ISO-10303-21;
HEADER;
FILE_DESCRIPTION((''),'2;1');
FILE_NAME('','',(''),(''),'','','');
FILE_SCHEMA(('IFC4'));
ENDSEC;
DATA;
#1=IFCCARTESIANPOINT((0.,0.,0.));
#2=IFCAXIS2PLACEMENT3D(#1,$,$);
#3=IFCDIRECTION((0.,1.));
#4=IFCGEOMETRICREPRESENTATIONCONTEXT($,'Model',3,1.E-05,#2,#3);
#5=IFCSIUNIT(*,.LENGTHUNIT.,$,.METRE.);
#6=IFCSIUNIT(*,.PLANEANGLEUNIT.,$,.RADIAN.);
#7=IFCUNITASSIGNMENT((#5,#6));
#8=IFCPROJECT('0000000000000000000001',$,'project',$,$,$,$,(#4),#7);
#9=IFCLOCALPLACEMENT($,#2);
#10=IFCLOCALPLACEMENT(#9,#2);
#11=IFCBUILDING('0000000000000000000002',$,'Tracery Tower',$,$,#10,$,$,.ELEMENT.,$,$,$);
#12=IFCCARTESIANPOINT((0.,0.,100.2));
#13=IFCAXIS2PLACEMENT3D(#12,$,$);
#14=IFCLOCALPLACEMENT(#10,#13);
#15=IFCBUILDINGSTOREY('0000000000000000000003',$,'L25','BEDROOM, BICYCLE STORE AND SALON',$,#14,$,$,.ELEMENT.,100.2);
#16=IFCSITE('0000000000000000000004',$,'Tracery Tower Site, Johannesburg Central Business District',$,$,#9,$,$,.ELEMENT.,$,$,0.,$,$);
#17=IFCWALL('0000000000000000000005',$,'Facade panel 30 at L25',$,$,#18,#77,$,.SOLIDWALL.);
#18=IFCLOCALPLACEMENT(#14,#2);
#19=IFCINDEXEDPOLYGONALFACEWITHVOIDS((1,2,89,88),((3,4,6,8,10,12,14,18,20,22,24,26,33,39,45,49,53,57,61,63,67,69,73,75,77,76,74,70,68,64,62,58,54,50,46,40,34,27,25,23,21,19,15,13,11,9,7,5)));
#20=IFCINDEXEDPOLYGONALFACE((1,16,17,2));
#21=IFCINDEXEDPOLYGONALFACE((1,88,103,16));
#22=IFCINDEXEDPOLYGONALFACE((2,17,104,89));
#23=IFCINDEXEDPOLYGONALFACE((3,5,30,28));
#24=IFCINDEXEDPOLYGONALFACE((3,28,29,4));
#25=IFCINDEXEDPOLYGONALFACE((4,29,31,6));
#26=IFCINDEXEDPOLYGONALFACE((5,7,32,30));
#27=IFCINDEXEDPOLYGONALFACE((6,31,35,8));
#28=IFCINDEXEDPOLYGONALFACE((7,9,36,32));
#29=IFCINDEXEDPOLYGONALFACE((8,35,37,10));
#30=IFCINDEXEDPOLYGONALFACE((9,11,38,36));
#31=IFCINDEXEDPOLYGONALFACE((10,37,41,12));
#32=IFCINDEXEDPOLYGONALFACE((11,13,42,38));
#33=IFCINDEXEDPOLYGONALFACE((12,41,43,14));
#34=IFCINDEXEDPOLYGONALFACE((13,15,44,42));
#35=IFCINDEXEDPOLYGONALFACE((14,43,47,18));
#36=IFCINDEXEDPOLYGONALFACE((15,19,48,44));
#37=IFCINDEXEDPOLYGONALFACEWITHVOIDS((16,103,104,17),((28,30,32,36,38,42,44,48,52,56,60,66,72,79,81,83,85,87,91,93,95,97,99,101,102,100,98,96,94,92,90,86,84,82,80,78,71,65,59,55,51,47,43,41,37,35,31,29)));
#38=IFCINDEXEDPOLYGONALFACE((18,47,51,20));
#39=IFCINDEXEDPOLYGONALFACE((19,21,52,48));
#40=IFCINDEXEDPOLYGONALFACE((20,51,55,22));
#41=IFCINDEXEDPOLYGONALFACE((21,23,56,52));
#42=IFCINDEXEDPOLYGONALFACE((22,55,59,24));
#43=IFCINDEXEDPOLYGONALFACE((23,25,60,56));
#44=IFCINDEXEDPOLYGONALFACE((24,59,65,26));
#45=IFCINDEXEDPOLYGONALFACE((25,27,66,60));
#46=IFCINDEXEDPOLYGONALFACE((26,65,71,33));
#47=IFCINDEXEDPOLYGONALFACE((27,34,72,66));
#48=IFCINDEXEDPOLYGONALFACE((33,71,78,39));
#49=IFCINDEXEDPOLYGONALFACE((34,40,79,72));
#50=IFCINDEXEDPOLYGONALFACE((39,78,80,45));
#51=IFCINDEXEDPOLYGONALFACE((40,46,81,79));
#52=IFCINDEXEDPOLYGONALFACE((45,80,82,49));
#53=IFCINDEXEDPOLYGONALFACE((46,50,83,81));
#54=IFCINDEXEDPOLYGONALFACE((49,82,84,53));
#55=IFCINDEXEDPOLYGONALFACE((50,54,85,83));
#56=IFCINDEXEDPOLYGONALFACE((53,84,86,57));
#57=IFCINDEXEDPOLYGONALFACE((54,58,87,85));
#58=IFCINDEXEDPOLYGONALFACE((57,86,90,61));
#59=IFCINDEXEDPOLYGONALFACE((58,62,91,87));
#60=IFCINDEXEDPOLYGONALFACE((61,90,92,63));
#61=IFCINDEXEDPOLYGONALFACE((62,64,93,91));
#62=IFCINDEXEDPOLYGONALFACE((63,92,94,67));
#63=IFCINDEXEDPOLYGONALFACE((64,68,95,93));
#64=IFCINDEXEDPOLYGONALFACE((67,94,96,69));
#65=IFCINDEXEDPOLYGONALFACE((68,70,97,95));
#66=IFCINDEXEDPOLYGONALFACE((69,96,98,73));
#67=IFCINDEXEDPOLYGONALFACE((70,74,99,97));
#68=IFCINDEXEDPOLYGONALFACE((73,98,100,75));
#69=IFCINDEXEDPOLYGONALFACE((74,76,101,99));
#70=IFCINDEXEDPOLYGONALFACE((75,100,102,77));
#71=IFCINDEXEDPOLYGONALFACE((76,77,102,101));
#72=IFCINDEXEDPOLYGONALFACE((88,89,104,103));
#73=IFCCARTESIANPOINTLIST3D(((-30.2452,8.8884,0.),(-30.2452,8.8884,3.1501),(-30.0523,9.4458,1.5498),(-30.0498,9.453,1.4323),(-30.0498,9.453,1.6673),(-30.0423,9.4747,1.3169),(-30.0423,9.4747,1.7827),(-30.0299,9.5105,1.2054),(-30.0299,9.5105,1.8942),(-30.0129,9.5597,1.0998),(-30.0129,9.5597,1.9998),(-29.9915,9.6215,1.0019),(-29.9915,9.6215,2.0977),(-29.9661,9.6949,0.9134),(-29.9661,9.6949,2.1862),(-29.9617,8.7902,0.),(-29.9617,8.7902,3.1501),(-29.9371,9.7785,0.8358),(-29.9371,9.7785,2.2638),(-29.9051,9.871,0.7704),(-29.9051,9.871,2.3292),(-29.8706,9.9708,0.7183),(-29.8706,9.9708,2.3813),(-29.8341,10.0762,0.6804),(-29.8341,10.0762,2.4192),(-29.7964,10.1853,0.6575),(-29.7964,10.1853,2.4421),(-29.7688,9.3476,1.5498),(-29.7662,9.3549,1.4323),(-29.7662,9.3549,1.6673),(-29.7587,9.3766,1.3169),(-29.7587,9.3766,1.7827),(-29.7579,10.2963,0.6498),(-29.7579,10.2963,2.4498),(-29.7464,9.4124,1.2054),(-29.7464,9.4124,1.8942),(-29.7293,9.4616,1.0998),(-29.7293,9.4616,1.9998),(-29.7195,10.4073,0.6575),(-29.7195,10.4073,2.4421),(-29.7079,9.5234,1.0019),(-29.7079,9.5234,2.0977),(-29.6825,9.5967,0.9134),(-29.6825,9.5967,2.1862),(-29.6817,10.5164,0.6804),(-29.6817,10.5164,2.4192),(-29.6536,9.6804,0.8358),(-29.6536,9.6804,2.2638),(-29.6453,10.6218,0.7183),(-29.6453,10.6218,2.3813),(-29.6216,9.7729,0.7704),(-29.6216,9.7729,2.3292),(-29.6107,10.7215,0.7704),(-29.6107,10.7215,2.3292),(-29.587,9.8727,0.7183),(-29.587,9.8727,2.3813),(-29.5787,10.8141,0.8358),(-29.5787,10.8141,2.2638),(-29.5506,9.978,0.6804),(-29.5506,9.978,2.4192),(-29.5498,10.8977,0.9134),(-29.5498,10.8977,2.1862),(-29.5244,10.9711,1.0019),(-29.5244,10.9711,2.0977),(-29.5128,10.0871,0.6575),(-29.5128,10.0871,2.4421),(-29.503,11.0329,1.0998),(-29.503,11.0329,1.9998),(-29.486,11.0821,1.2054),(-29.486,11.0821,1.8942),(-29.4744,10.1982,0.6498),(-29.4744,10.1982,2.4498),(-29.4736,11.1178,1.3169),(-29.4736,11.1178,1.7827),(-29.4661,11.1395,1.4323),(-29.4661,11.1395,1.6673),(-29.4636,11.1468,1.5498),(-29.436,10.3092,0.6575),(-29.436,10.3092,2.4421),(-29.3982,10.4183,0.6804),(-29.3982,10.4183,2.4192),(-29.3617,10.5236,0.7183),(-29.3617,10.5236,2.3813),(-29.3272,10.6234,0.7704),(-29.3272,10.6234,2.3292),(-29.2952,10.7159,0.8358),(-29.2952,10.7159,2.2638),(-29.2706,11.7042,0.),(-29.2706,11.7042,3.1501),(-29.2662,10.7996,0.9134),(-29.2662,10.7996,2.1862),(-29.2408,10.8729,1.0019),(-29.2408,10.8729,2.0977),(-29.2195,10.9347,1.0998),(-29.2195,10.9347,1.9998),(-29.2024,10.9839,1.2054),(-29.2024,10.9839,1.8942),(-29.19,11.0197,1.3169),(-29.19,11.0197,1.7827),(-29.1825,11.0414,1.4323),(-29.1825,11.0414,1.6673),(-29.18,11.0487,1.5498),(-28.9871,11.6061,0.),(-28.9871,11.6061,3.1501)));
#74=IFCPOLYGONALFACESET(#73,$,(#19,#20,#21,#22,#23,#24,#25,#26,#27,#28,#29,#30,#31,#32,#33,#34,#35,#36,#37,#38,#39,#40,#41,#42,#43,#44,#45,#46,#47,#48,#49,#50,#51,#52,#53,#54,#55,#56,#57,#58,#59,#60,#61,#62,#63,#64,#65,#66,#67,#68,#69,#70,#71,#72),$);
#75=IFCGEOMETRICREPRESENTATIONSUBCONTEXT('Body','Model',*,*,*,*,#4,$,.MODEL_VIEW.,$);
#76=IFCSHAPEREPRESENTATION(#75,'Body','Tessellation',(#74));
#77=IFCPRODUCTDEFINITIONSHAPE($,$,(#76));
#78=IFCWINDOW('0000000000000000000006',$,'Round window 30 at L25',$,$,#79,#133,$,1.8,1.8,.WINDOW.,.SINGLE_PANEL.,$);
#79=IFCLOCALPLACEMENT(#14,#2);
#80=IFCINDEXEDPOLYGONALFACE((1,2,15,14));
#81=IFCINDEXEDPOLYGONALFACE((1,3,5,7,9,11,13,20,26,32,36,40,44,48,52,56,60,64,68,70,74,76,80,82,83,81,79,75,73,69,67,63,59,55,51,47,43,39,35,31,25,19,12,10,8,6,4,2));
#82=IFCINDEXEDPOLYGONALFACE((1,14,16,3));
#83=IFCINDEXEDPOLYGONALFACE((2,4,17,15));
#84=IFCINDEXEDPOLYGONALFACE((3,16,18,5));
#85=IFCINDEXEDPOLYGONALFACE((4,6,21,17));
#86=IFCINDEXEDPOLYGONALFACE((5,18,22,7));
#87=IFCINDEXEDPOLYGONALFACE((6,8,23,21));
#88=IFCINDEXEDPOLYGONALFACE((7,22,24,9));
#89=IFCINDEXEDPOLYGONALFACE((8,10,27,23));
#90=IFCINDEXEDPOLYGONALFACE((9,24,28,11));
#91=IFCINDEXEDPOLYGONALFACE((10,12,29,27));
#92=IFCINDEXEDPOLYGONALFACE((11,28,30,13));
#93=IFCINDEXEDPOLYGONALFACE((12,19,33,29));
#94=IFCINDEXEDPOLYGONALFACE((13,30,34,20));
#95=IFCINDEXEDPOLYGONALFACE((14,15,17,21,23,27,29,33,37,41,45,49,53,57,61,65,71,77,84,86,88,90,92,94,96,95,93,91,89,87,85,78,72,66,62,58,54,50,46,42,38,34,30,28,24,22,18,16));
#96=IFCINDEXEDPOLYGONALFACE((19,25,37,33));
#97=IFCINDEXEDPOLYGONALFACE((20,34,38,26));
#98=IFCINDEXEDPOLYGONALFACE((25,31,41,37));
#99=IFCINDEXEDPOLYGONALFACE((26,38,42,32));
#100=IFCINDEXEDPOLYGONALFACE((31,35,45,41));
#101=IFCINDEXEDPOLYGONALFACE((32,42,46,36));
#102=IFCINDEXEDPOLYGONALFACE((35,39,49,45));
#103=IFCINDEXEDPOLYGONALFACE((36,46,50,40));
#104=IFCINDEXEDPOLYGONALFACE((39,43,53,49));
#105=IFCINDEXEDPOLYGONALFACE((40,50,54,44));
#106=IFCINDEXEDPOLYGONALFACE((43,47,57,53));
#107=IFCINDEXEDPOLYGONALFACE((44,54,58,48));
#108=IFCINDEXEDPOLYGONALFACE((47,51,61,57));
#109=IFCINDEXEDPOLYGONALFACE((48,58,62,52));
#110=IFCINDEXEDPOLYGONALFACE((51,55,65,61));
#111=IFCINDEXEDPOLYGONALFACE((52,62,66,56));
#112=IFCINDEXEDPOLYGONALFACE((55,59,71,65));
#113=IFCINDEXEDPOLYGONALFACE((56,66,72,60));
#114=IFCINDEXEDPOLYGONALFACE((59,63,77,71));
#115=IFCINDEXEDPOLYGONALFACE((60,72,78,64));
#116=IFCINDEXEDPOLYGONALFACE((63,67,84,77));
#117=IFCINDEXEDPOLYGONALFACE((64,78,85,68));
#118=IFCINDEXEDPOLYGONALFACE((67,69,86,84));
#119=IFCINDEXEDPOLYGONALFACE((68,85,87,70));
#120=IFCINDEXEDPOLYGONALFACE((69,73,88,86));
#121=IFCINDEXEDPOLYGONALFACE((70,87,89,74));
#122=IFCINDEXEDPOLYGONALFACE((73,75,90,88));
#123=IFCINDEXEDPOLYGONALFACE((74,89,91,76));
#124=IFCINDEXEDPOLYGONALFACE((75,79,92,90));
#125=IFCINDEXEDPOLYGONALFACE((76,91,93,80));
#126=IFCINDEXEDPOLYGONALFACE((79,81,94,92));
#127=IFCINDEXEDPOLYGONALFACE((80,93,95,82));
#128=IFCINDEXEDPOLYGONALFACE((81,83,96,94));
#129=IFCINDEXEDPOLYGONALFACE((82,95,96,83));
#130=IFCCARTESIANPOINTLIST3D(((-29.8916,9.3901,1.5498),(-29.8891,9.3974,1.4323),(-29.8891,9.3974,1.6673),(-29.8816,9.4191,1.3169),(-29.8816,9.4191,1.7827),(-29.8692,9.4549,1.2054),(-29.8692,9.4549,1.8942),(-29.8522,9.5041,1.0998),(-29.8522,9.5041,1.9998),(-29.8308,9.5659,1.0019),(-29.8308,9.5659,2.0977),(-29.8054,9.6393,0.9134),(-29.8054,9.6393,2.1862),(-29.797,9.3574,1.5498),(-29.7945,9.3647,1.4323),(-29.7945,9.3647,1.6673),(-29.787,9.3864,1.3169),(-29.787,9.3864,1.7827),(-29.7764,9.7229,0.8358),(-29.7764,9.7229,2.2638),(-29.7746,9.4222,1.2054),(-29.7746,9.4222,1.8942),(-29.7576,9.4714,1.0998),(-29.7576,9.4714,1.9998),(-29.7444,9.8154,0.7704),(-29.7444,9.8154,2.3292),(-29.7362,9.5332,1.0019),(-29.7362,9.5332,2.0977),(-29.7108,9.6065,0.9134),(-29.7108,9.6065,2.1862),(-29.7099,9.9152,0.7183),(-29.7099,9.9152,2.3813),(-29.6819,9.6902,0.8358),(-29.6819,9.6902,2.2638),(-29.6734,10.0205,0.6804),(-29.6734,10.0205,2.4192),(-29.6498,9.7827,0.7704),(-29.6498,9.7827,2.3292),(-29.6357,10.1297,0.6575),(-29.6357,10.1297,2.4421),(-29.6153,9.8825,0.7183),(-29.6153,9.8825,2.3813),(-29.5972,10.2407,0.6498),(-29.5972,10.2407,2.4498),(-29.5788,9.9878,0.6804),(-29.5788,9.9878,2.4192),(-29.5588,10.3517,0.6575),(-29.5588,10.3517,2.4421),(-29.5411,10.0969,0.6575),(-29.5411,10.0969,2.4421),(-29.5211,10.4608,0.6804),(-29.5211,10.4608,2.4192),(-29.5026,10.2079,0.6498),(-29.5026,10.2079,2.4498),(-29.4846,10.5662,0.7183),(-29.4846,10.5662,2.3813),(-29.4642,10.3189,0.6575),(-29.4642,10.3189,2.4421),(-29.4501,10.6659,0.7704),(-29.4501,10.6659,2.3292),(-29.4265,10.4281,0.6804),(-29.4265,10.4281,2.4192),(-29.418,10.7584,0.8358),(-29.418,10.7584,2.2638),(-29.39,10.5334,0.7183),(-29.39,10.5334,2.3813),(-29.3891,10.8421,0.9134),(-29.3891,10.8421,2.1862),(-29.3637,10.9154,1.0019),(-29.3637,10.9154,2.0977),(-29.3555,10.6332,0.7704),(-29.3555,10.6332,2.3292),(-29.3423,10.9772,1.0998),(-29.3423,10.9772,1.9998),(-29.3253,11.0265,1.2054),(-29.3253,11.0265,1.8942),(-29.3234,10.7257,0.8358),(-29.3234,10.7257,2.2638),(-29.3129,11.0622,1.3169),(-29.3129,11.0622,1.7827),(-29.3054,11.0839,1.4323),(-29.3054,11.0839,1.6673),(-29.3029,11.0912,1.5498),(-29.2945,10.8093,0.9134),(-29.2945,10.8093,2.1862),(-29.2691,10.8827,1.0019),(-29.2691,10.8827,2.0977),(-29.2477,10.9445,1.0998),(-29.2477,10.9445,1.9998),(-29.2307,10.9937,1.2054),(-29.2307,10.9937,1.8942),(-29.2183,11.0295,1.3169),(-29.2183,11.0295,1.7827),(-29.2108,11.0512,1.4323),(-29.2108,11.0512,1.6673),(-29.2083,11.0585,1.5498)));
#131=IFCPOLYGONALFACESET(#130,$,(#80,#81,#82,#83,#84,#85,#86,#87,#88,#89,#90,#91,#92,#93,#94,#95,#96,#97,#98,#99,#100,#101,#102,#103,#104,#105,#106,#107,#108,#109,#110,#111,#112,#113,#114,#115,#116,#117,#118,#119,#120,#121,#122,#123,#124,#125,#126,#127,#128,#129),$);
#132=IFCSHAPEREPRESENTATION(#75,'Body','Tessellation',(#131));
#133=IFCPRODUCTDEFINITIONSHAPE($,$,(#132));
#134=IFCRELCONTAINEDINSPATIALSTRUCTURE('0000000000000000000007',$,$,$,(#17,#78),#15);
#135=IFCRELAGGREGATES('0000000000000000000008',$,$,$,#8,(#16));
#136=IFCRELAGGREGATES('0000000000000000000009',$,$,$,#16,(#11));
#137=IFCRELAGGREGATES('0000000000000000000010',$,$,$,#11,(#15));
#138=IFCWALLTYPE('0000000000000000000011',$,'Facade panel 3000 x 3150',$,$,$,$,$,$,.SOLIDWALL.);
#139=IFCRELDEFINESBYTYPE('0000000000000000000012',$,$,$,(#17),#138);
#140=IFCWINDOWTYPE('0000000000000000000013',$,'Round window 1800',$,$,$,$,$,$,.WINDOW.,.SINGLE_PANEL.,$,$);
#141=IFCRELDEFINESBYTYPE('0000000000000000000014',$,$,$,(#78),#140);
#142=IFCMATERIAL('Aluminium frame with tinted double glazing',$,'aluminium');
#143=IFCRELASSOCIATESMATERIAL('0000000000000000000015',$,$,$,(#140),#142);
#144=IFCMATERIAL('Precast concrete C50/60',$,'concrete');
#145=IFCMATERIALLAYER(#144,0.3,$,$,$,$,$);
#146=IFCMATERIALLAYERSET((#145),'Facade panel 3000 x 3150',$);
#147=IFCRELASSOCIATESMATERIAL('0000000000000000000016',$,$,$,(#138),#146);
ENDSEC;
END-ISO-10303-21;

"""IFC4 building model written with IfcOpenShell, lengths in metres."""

from ifc_helpers import new_model, si_unit, direction, frame, frame_2d, origin, origin_2d, place, context, subcontext, project, spatial, rectangle, circle, extrude, material, layer, layer_set, type_object, element, fill, save


model = new_model("IFC4")

# Units and contexts
model_context = context("Model", 3, precision=1e-05, world=origin(), true_north=direction((0.0, 1.0)))
body_context = subcontext(model_context, "Body", "Model", "MODEL_VIEW")
ifc_project = project(units=[si_unit("LENGTHUNIT", "METRE"), si_unit("PLANEANGLEUNIT", "RADIAN")], contexts=[model_context])

# Site, building, storey
site_placement = place(None, origin())
site = spatial("IfcSite", under=ifc_project, at=site_placement, Name="Tracery Tower Site, Johannesburg Central Business District", CompositionType="ELEMENT", RefElevation=0.0)
building_placement = place(site_placement, origin())
building = spatial("IfcBuilding", under=site, at=building_placement, Name="Tracery Tower", CompositionType="ELEMENT")
storey_placement = place(building_placement, frame((0.0, 0.0, 100.2)))
storey = spatial("IfcBuildingStorey", under=building, at=storey_placement, Name="L25", Description="BEDROOM, BICYCLE STORE AND SALON", CompositionType="ELEMENT", Elevation=100.2)

# Wall, opening, window
ifc_material_1 = material(Name="Aluminium frame with tinted double glazing", Category="aluminium")
window_type = type_object("IfcWindowType", Name="Round window 1800", PartitioningType="SINGLE_PANEL", PredefinedType="WINDOW", material=ifc_material_1)
ifc_material_2 = material(Name="Precast concrete C50/60", Category="concrete")
ifc_layer_1 = layer(ifc_material_2, 0.3)
ifc_layer_set_1 = layer_set([ifc_layer_1], Name="Facade panel 3000 x 3150")
wall_type_1 = type_object("IfcWallType", Name="Facade panel 3000 x 3150", PredefinedType="SOLIDWALL", material=ifc_layer_set_1)
wall_1_placement = place(storey_placement, frame((-29.1289, 11.655, 0.0), z_axis=(0.0, 0.0, 1.0), x_axis=(-0.327071, -0.945, 0.0)))
wall_1 = element("IfcWall", 1, at=wall_1_placement, inside=storey, type_object=wall_type_1, Name="Facade panel 30 at L25", PredefinedType="SOLIDWALL", context=body_context, shape_type="SweptSolid", body=[
    extrude(rectangle(XDim=2.9797, YDim=0.3, at=frame_2d((1.4897, 0.0))), origin(), (0.0, 0.0, 1.0), 3.1501),
])
opening_1_placement = place(wall_1_placement, frame((1.4897, 0.0, 1.5498)))
opening_1 = element("IfcOpeningElement", 2, at=opening_1_placement, cuts=wall_1, PredefinedType="OPENING", context=body_context, shape_type="SweptSolid", body=[
    extrude(circle(Radius=0.9, at=origin_2d()), frame((0.0, 0.1599, 0.0), z_axis=(0.0, -1.0, 0.0), x_axis=(1.0, 0.0, 0.0)), (0.0, 0.0, 1.0), 0.3201),
])
window_1_placement = place(opening_1_placement, origin())
window_1 = element("IfcWindow", 3, at=window_1_placement, inside=storey, type_object=window_type, Name="Round window 30 at L25", OverallHeight=1.8, OverallWidth=1.8, PartitioningType="SINGLE_PANEL", PredefinedType="WINDOW", context=body_context, shape_type="SweptSolid", body=[
    extrude(circle(Radius=0.9, at=origin_2d()), frame((0.0, 0.1201, 0.0), z_axis=(0.0, -1.0, 0.0), x_axis=(1.0, 0.0, 0.0)), (0.0, 0.0, 1.0), 0.1001),
])
fill(opening_1, window_1)

save(model, "model.ifc")
